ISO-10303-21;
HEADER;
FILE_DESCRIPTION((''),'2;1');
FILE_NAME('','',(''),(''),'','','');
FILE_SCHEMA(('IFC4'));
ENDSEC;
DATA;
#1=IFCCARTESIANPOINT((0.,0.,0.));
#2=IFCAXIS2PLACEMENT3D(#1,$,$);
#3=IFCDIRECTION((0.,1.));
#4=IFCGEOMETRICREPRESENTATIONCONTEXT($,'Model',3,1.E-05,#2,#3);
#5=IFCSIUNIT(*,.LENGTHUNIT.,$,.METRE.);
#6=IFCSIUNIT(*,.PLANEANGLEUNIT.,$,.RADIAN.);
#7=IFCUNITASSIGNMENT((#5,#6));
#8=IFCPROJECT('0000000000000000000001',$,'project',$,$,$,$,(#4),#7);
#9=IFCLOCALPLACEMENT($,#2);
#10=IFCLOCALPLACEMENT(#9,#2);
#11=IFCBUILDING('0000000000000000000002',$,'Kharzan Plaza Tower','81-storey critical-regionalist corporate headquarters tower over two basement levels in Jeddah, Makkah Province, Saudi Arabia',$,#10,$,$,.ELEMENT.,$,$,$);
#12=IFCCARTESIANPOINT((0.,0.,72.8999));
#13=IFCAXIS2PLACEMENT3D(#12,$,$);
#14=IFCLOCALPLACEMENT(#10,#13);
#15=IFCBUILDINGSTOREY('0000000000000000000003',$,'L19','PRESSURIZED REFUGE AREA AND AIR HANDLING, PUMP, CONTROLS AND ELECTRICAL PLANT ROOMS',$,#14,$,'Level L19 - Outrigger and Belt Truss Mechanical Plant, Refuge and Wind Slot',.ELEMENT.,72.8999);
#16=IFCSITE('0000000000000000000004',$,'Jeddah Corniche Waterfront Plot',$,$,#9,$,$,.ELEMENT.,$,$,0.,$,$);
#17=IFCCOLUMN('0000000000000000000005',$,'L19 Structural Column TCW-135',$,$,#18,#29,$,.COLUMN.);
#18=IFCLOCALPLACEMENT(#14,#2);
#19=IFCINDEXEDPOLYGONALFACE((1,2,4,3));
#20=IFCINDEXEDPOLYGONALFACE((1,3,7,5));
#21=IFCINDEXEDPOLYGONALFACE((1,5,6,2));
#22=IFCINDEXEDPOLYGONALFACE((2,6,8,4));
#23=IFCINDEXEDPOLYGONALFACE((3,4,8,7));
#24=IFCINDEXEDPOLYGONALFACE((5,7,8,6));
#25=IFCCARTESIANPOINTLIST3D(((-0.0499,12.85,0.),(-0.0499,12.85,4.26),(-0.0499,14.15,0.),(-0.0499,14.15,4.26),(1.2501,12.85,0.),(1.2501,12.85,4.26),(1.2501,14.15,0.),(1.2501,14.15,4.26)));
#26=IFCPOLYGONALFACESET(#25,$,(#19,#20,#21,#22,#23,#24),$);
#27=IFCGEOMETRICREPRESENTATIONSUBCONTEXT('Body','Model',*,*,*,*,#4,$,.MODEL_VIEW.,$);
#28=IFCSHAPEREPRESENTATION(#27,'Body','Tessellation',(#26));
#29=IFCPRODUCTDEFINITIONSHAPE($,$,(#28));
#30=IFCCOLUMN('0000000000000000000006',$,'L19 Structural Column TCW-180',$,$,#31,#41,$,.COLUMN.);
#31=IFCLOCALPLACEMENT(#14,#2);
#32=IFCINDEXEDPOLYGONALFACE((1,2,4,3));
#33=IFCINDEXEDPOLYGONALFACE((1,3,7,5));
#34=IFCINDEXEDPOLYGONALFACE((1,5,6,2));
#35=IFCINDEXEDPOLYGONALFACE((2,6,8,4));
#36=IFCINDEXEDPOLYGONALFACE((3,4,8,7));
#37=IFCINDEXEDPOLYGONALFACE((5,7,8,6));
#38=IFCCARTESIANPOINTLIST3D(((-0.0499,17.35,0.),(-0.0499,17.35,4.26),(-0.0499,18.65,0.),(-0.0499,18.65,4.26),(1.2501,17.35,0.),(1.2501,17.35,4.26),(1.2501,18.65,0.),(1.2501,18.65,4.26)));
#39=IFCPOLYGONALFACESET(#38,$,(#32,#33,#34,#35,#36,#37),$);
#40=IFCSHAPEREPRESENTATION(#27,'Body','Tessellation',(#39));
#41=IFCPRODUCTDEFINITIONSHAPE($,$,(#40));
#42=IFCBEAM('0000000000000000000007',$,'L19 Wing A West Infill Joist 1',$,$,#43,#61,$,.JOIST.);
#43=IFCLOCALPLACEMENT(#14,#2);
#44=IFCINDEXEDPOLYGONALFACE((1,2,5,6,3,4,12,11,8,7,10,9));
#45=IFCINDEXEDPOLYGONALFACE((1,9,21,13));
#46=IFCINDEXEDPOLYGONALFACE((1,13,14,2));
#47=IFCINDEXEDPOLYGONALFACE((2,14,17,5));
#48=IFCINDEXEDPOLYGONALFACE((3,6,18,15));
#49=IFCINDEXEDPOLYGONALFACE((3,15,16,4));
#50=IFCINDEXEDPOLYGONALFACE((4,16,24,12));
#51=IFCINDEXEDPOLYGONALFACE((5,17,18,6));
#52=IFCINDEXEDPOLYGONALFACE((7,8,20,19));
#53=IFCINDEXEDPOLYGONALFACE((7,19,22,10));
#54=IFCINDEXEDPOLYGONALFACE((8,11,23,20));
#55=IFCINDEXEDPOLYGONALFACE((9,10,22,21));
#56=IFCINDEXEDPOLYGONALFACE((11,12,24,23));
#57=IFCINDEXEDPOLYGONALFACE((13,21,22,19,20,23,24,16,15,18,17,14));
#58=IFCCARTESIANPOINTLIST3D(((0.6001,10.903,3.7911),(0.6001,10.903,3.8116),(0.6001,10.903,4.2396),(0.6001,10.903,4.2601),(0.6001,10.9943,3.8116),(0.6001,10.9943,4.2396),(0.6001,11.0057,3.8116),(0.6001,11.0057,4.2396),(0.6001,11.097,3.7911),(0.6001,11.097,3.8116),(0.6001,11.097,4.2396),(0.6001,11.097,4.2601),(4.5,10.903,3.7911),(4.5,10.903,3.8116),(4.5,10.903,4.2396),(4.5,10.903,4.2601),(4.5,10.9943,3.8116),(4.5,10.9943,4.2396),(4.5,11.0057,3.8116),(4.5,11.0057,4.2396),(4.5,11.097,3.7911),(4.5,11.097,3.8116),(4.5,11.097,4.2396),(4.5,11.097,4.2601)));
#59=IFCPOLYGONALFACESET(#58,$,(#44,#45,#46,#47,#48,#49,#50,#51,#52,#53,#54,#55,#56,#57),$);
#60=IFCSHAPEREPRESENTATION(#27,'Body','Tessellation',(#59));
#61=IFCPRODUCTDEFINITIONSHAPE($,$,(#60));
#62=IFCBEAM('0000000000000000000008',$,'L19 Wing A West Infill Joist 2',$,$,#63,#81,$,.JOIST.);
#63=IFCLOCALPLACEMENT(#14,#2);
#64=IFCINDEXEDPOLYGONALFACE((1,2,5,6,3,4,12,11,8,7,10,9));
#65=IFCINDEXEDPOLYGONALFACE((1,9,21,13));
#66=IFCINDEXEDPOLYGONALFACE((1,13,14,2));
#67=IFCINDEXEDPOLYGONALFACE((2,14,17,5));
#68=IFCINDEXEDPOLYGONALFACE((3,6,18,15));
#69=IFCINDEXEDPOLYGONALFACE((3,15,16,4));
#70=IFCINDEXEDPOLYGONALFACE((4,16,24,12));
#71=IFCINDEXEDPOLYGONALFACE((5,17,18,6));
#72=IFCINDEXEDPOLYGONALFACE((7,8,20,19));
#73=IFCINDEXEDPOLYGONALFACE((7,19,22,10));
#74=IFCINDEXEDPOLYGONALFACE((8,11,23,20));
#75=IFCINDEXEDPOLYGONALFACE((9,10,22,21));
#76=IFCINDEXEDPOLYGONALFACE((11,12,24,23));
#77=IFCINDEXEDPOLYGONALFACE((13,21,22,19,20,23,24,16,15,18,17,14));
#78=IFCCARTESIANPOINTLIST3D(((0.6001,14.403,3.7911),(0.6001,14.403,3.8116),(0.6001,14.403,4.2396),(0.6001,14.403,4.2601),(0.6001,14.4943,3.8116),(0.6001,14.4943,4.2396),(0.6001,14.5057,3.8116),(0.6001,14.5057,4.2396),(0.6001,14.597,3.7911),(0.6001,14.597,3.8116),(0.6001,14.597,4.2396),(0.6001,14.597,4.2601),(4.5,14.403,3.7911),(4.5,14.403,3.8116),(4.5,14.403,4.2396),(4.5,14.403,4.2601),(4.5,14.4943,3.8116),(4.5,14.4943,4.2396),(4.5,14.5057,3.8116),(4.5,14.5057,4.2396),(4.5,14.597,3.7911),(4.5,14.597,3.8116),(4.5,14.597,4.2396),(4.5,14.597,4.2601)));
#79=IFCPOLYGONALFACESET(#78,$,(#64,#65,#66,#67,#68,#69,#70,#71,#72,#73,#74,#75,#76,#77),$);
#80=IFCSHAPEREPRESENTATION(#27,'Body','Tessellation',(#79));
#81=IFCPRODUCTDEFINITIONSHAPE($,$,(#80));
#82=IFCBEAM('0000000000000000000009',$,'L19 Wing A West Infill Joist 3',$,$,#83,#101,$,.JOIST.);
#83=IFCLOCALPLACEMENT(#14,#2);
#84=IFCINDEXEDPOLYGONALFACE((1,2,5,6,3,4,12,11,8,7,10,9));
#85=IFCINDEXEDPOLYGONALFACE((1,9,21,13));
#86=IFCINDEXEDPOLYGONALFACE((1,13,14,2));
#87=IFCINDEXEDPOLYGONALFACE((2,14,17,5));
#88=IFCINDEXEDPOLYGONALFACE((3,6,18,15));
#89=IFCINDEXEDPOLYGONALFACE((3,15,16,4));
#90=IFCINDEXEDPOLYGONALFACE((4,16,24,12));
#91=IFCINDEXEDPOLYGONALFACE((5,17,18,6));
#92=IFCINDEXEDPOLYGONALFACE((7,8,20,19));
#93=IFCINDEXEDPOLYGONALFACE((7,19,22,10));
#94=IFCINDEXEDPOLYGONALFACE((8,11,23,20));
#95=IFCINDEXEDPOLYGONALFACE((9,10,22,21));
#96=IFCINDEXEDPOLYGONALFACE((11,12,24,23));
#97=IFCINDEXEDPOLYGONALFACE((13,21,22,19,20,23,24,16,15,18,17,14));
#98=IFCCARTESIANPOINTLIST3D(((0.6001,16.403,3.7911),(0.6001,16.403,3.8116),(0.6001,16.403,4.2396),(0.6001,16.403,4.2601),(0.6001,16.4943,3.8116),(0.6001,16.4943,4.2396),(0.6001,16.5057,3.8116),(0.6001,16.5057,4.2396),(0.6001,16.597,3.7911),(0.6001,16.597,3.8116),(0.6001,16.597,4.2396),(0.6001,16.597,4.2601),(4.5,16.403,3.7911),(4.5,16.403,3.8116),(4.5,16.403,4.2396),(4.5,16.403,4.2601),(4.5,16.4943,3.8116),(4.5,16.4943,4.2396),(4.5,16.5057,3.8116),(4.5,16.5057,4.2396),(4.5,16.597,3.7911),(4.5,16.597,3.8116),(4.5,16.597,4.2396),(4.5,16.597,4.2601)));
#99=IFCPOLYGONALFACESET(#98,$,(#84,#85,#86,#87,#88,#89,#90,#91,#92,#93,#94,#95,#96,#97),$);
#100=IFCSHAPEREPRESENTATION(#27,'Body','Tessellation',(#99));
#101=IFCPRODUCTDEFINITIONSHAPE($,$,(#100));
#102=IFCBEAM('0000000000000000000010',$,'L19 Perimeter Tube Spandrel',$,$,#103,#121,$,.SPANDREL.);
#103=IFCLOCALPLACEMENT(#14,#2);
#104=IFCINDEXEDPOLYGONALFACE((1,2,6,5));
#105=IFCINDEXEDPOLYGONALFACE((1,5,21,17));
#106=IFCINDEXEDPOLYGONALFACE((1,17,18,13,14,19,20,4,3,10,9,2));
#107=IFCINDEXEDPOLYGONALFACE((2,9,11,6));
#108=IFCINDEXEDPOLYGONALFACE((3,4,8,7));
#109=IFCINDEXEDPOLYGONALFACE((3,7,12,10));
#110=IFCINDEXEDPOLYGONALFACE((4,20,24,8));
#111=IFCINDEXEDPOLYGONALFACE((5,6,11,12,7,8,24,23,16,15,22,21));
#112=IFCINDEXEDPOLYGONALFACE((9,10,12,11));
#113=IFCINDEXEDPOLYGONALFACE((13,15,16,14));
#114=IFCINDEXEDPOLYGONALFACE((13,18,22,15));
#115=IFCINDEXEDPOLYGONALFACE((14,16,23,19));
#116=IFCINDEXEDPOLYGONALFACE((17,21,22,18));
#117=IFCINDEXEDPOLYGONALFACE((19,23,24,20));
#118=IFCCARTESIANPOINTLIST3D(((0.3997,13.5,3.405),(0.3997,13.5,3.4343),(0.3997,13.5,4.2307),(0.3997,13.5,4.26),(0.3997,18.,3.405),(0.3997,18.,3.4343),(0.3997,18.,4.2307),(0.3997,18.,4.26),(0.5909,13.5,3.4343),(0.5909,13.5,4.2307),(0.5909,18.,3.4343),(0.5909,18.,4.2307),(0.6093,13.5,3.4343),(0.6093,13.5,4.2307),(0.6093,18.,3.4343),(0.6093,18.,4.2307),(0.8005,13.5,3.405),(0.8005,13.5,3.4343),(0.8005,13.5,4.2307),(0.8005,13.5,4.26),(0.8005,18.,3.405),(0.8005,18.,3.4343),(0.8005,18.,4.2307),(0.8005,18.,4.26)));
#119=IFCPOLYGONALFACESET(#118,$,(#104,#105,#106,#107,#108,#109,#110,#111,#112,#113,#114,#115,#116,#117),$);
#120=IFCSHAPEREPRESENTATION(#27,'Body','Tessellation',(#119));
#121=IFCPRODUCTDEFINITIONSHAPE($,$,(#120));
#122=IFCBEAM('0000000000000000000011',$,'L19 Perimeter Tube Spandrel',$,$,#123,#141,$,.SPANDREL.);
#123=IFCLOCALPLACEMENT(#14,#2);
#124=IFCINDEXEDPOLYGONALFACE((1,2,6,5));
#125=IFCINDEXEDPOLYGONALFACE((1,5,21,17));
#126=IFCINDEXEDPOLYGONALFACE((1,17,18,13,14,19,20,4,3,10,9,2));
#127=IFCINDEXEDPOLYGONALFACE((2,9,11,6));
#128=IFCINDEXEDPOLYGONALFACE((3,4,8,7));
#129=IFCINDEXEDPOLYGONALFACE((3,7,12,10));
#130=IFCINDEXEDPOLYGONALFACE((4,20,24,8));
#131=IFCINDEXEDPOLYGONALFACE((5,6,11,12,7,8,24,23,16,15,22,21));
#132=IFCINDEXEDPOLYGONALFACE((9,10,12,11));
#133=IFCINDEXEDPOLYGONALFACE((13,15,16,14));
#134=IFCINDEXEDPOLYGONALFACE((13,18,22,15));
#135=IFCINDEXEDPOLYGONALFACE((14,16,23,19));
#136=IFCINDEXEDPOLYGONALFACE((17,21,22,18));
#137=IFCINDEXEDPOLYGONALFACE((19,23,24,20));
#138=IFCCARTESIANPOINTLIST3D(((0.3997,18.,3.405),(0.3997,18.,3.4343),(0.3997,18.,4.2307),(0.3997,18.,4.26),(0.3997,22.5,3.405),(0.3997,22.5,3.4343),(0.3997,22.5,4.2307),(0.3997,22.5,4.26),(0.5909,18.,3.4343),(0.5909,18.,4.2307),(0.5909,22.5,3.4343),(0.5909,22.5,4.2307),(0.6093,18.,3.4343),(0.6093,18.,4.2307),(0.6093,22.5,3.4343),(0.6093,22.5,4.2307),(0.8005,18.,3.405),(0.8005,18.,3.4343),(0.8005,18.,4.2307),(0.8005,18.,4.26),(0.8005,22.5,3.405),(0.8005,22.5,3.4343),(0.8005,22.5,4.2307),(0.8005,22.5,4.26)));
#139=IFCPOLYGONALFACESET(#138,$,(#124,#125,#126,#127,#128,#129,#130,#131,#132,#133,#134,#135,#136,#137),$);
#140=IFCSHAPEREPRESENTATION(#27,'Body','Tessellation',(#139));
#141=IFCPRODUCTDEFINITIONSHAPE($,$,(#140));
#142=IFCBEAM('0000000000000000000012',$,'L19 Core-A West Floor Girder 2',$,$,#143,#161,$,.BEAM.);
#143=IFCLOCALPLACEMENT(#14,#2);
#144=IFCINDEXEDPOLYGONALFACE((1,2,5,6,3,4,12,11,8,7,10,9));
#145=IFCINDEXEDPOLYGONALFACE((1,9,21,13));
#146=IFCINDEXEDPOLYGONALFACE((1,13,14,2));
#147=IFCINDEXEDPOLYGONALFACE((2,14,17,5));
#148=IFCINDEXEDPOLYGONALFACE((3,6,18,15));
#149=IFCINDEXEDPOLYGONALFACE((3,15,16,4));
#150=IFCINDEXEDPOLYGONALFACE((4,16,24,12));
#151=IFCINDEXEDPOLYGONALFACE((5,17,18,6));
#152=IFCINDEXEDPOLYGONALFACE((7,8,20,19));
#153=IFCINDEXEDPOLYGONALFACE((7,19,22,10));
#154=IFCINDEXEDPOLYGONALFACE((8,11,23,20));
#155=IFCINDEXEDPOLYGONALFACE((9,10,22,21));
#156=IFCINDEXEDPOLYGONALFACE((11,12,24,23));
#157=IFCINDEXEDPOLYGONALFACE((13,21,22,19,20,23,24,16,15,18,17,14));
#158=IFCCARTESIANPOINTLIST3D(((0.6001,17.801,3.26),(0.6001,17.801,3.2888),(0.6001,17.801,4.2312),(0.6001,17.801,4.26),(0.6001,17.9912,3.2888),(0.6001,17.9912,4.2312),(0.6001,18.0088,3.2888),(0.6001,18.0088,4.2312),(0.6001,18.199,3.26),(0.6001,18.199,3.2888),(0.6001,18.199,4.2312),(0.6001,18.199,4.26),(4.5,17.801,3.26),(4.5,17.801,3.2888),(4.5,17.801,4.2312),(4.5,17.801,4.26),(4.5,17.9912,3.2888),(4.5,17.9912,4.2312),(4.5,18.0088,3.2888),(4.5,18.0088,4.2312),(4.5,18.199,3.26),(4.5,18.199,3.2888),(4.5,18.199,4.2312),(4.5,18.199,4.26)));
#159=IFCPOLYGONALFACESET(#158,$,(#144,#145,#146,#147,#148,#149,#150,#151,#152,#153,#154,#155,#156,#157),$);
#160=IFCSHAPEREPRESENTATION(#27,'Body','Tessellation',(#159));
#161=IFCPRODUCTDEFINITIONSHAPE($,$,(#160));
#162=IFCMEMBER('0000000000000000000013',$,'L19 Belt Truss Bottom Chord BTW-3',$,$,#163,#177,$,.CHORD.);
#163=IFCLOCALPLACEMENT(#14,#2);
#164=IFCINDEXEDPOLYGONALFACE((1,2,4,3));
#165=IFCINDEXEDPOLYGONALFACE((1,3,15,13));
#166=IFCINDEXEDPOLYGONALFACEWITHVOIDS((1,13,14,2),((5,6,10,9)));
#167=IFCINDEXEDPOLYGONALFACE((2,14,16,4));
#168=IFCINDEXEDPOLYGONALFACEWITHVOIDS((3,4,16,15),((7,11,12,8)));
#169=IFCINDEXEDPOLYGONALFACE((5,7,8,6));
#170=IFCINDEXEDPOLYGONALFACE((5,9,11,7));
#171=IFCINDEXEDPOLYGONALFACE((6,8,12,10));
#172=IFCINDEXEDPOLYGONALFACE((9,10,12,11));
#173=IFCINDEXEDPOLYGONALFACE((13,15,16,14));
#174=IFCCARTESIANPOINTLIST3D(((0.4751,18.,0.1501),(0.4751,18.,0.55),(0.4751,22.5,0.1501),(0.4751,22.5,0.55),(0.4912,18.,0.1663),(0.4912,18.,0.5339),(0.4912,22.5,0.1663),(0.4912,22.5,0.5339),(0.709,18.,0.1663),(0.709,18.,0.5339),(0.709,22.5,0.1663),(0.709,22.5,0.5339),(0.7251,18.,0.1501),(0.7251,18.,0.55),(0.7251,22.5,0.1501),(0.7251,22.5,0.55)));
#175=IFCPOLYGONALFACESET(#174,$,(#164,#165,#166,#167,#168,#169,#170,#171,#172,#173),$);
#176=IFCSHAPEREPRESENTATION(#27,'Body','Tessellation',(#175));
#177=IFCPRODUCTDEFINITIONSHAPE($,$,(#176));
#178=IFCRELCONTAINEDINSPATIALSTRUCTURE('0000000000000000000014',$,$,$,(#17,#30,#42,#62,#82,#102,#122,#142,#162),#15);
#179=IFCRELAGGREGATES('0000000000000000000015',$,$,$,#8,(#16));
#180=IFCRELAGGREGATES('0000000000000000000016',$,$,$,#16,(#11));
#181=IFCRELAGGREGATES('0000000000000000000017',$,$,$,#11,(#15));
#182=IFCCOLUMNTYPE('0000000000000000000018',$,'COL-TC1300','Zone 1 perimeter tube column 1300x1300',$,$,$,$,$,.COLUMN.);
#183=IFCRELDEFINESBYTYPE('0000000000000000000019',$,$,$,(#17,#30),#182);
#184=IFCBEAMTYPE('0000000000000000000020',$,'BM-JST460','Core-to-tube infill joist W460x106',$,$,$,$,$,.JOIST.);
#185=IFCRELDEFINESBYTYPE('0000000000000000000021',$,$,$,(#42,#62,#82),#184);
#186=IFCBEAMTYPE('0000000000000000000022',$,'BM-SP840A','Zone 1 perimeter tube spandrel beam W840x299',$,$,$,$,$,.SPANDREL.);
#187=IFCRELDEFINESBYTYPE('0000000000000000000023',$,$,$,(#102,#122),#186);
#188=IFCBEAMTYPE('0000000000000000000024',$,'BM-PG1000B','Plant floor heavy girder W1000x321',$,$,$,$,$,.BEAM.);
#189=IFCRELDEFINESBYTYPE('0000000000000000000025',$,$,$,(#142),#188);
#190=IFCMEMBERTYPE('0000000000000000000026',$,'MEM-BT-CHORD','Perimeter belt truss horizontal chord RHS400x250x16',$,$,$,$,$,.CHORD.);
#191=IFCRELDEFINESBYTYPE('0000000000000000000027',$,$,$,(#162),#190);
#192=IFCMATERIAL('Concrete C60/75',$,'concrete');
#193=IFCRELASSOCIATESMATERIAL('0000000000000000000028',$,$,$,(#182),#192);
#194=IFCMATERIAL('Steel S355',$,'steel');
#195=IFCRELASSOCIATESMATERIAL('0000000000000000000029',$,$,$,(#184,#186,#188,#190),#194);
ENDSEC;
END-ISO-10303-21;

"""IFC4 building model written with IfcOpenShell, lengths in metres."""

from ifc_helpers import new_model, si_unit, direction, frame, origin, origin_2d, place, context, subcontext, project, spatial, rectangle, hollow_rectangle, i_section, extrude, source, transform, mapped, material, material_profile, profile_set, type_object, element, save


model = new_model("IFC4")

# Units and contexts
model_context = context("Model", 3, precision=1e-05, world=origin(), true_north=direction((0.0, 1.0)))
body_context = subcontext(model_context, "Body", "Model", "MODEL_VIEW")
ifc_project = project(units=[si_unit("LENGTHUNIT", "METRE"), si_unit("PLANEANGLEUNIT", "RADIAN")], contexts=[model_context])

# Site, building, storey
site_placement = place(None, origin())
site = spatial("IfcSite", under=ifc_project, at=site_placement, Name="Jeddah Corniche Waterfront Plot", CompositionType="ELEMENT", RefElevation=0.0)
building_placement = place(site_placement, origin())
building = spatial("IfcBuilding", under=site, at=building_placement, Name="Kharzan Plaza Tower", Description="81-storey critical-regionalist corporate headquarters tower over two basement levels in Jeddah, Makkah Province, Saudi Arabia", CompositionType="ELEMENT")
storey_placement = place(building_placement, frame((0.0, 0.0, 72.8999)))
storey = spatial("IfcBuildingStorey", under=building, at=storey_placement, Name="L19", Description="PRESSURIZED REFUGE AREA AND AIR HANDLING, PUMP, CONTROLS AND ELECTRICAL PLANT ROOMS", LongName="Level L19 - Outrigger and Belt Truss Mechanical Plant, Refuge and Wind Slot", CompositionType="ELEMENT", Elevation=72.8999)

# Columns
ifc_material_1 = material(Name="Concrete C60/75", Category="concrete")
ifc_material_profile_1 = material_profile(ifc_material_1, rectangle(XDim=1.3, YDim=1.3, at=origin_2d()), Name="RC-TC1300x1300")
ifc_profile_set_1 = profile_set([ifc_material_profile_1], Name="Concrete C60/75")
column_type = type_object("IfcColumnType", Name="COL-TC1300", Description="Zone 1 perimeter tube column 1300x1300", PredefinedType="COLUMN", material=ifc_profile_set_1)
shared_shape_1 = source(origin(), body_context, "Body", "SweptSolid", [
    extrude(rectangle(XDim=1.3, YDim=1.3, at=origin_2d()), origin(), (0.0, 0.0, 1.0), 4.26),
])
for number, where, z_axis, x_axis, name in (
    (1, (0.6001, 13.5, 0.0), (0.0, 0.0, 1.0), (1.0, 0.0, 0.0), "L19 Structural Column TCW-135"),
    (2, (0.6001, 18.0, 0.0), (0.0, 0.0, 1.0), (1.0, 0.0, 0.0), "L19 Structural Column TCW-180"),
):
    element("IfcColumn", number, at=place(storey_placement, frame(where, z_axis=z_axis, x_axis=x_axis)), inside=storey, type_object=column_type, Name=name, PredefinedType="COLUMN", context=body_context, shape_type="MappedRepresentation", body=[
        mapped(shared_shape_1, transform((0.0, 0.0, 0.0), x_axis=(1.0, 0.0, 0.0), y_axis=(0.0, 1.0, 0.0), z_axis=(0.0, 0.0, 1.0))),
    ])

# Beams
ifc_material_2 = material(Name="Steel S355", Category="steel")
ifc_material_profile_2 = material_profile(ifc_material_2, i_section(OverallWidth=0.1941, OverallDepth=0.469, WebThickness=0.0115, FlangeThickness=0.0205, at=origin_2d()), Name="W460x106")
ifc_profile_set_2 = profile_set([ifc_material_profile_2], Name="Steel S355")
beam_type_1 = type_object("IfcBeamType", Name="BM-JST460", Description="Core-to-tube infill joist W460x106", PredefinedType="JOIST", material=ifc_profile_set_2)
shared_shape_2 = source(origin(), body_context, "Body", "SweptSolid", [
    extrude(i_section(OverallWidth=0.1941, OverallDepth=0.469, WebThickness=0.0115, FlangeThickness=0.0205, at=origin_2d()), origin(), (0.0, 0.0, 1.0), 3.8999),
])
for number, where, z_axis, x_axis, name in (
    (3, (0.6001, 11.0, 4.0256), (1.0, 0.0, 0.0), (0.0, 1.0, 0.0), "L19 Wing A West Infill Joist 1"),
    (4, (0.6001, 14.5, 4.0256), (1.0, 0.0, 0.0), (0.0, 1.0, 0.0), "L19 Wing A West Infill Joist 2"),
    (5, (0.6001, 16.5, 4.0256), (1.0, 0.0, 0.0), (0.0, 1.0, 0.0), "L19 Wing A West Infill Joist 3"),
):
    element("IfcBeam", number, at=place(storey_placement, frame(where, z_axis=z_axis, x_axis=x_axis)), inside=storey, type_object=beam_type_1, Name=name, PredefinedType="JOIST", context=body_context, shape_type="MappedRepresentation", body=[
        mapped(shared_shape_2, transform((0.0, 0.0, 0.0), x_axis=(1.0, 0.0, 0.0), y_axis=(0.0, 1.0, 0.0), z_axis=(0.0, 0.0, 1.0))),
    ])
ifc_material_profile_3 = material_profile(ifc_material_2, i_section(OverallWidth=0.4009, OverallDepth=0.855, WebThickness=0.0183, FlangeThickness=0.0293, at=origin_2d()), Name="W840x299")
ifc_profile_set_3 = profile_set([ifc_material_profile_3], Name="Steel S355")
beam_type_2 = type_object("IfcBeamType", Name="BM-SP840A", Description="Zone 1 perimeter tube spandrel beam W840x299", PredefinedType="SPANDREL", material=ifc_profile_set_3)
shared_shape_3 = source(origin(), body_context, "Body", "SweptSolid", [
    extrude(i_section(OverallWidth=0.4009, OverallDepth=0.855, WebThickness=0.0183, FlangeThickness=0.0293, at=origin_2d()), origin(), (0.0, 0.0, 1.0), 4.5),
])
for number, where, z_axis, x_axis, name in (
    (6, (0.6001, 13.5, 3.8325), (0.0, 1.0, 0.0), (-1.0, 0.0, 0.0), "L19 Perimeter Tube Spandrel"),
    (7, (0.6001, 18.0, 3.8325), (0.0, 1.0, 0.0), (-1.0, 0.0, 0.0), "L19 Perimeter Tube Spandrel"),
):
    element("IfcBeam", number, at=place(storey_placement, frame(where, z_axis=z_axis, x_axis=x_axis)), inside=storey, type_object=beam_type_2, Name=name, PredefinedType="SPANDREL", context=body_context, shape_type="MappedRepresentation", body=[
        mapped(shared_shape_3, transform((0.0, 0.0, 0.0), x_axis=(1.0, 0.0, 0.0), y_axis=(0.0, 1.0, 0.0), z_axis=(0.0, 0.0, 1.0))),
    ])
ifc_material_profile_4 = material_profile(ifc_material_2, i_section(OverallWidth=0.3979, OverallDepth=1.0, WebThickness=0.0176, FlangeThickness=0.0288, at=origin_2d()), Name="W1000x321")
ifc_profile_set_4 = profile_set([ifc_material_profile_4], Name="Steel S355")
beam_type_3 = type_object("IfcBeamType", Name="BM-PG1000B", Description="Plant floor heavy girder W1000x321", PredefinedType="BEAM", material=ifc_profile_set_4)
shared_shape_4 = source(origin(), body_context, "Body", "SweptSolid", [
    extrude(i_section(OverallWidth=0.3979, OverallDepth=1.0, WebThickness=0.0176, FlangeThickness=0.0288, at=origin_2d()), origin(), (0.0, 0.0, 1.0), 3.8999),
])
beam_placement = place(storey_placement, frame((0.6001, 18.0, 3.76), z_axis=(1.0, 0.0, 0.0), x_axis=(0.0, 1.0, 0.0)))
element("IfcBeam", 8, at=beam_placement, inside=storey, type_object=beam_type_3, Name="L19 Core-A West Floor Girder 2", PredefinedType="BEAM", context=body_context, shape_type="MappedRepresentation", body=[
    mapped(shared_shape_4, transform((0.0, 0.0, 0.0), x_axis=(1.0, 0.0, 0.0), y_axis=(0.0, 1.0, 0.0), z_axis=(0.0, 0.0, 1.0))),
])

# Member
ifc_material_profile_5 = material_profile(ifc_material_2, hollow_rectangle(XDim=0.25, YDim=0.3999, WallThickness=0.0161, at=origin_2d()), Name="RHS400x250x16")
ifc_profile_set_5 = profile_set([ifc_material_profile_5], Name="Steel S355")
member_type_1 = type_object("IfcMemberType", Name="MEM-BT-CHORD", Description="Perimeter belt truss horizontal chord RHS400x250x16", PredefinedType="CHORD", material=ifc_profile_set_5)
shared_shape_5 = source(origin(), body_context, "Body", "SweptSolid", [
    extrude(hollow_rectangle(XDim=0.25, YDim=0.3999, WallThickness=0.0161, at=origin_2d()), origin(), (0.0, 0.0, 1.0), 4.5),
])
member_1_placement = place(storey_placement, frame((0.6001, 18.0, 0.3501), z_axis=(0.0, 1.0, 0.0), x_axis=(-1.0, 0.0, 0.0)))
element("IfcMember", 9, at=member_1_placement, inside=storey, type_object=member_type_1, Name="L19 Belt Truss Bottom Chord BTW-3", PredefinedType="CHORD", context=body_context, shape_type="MappedRepresentation", body=[
    mapped(shared_shape_5, transform((0.0, 0.0, 0.0), x_axis=(1.0, 0.0, 0.0), y_axis=(0.0, 1.0, 0.0), z_axis=(0.0, 0.0, 1.0))),
])

save(model, "model.ifc")
